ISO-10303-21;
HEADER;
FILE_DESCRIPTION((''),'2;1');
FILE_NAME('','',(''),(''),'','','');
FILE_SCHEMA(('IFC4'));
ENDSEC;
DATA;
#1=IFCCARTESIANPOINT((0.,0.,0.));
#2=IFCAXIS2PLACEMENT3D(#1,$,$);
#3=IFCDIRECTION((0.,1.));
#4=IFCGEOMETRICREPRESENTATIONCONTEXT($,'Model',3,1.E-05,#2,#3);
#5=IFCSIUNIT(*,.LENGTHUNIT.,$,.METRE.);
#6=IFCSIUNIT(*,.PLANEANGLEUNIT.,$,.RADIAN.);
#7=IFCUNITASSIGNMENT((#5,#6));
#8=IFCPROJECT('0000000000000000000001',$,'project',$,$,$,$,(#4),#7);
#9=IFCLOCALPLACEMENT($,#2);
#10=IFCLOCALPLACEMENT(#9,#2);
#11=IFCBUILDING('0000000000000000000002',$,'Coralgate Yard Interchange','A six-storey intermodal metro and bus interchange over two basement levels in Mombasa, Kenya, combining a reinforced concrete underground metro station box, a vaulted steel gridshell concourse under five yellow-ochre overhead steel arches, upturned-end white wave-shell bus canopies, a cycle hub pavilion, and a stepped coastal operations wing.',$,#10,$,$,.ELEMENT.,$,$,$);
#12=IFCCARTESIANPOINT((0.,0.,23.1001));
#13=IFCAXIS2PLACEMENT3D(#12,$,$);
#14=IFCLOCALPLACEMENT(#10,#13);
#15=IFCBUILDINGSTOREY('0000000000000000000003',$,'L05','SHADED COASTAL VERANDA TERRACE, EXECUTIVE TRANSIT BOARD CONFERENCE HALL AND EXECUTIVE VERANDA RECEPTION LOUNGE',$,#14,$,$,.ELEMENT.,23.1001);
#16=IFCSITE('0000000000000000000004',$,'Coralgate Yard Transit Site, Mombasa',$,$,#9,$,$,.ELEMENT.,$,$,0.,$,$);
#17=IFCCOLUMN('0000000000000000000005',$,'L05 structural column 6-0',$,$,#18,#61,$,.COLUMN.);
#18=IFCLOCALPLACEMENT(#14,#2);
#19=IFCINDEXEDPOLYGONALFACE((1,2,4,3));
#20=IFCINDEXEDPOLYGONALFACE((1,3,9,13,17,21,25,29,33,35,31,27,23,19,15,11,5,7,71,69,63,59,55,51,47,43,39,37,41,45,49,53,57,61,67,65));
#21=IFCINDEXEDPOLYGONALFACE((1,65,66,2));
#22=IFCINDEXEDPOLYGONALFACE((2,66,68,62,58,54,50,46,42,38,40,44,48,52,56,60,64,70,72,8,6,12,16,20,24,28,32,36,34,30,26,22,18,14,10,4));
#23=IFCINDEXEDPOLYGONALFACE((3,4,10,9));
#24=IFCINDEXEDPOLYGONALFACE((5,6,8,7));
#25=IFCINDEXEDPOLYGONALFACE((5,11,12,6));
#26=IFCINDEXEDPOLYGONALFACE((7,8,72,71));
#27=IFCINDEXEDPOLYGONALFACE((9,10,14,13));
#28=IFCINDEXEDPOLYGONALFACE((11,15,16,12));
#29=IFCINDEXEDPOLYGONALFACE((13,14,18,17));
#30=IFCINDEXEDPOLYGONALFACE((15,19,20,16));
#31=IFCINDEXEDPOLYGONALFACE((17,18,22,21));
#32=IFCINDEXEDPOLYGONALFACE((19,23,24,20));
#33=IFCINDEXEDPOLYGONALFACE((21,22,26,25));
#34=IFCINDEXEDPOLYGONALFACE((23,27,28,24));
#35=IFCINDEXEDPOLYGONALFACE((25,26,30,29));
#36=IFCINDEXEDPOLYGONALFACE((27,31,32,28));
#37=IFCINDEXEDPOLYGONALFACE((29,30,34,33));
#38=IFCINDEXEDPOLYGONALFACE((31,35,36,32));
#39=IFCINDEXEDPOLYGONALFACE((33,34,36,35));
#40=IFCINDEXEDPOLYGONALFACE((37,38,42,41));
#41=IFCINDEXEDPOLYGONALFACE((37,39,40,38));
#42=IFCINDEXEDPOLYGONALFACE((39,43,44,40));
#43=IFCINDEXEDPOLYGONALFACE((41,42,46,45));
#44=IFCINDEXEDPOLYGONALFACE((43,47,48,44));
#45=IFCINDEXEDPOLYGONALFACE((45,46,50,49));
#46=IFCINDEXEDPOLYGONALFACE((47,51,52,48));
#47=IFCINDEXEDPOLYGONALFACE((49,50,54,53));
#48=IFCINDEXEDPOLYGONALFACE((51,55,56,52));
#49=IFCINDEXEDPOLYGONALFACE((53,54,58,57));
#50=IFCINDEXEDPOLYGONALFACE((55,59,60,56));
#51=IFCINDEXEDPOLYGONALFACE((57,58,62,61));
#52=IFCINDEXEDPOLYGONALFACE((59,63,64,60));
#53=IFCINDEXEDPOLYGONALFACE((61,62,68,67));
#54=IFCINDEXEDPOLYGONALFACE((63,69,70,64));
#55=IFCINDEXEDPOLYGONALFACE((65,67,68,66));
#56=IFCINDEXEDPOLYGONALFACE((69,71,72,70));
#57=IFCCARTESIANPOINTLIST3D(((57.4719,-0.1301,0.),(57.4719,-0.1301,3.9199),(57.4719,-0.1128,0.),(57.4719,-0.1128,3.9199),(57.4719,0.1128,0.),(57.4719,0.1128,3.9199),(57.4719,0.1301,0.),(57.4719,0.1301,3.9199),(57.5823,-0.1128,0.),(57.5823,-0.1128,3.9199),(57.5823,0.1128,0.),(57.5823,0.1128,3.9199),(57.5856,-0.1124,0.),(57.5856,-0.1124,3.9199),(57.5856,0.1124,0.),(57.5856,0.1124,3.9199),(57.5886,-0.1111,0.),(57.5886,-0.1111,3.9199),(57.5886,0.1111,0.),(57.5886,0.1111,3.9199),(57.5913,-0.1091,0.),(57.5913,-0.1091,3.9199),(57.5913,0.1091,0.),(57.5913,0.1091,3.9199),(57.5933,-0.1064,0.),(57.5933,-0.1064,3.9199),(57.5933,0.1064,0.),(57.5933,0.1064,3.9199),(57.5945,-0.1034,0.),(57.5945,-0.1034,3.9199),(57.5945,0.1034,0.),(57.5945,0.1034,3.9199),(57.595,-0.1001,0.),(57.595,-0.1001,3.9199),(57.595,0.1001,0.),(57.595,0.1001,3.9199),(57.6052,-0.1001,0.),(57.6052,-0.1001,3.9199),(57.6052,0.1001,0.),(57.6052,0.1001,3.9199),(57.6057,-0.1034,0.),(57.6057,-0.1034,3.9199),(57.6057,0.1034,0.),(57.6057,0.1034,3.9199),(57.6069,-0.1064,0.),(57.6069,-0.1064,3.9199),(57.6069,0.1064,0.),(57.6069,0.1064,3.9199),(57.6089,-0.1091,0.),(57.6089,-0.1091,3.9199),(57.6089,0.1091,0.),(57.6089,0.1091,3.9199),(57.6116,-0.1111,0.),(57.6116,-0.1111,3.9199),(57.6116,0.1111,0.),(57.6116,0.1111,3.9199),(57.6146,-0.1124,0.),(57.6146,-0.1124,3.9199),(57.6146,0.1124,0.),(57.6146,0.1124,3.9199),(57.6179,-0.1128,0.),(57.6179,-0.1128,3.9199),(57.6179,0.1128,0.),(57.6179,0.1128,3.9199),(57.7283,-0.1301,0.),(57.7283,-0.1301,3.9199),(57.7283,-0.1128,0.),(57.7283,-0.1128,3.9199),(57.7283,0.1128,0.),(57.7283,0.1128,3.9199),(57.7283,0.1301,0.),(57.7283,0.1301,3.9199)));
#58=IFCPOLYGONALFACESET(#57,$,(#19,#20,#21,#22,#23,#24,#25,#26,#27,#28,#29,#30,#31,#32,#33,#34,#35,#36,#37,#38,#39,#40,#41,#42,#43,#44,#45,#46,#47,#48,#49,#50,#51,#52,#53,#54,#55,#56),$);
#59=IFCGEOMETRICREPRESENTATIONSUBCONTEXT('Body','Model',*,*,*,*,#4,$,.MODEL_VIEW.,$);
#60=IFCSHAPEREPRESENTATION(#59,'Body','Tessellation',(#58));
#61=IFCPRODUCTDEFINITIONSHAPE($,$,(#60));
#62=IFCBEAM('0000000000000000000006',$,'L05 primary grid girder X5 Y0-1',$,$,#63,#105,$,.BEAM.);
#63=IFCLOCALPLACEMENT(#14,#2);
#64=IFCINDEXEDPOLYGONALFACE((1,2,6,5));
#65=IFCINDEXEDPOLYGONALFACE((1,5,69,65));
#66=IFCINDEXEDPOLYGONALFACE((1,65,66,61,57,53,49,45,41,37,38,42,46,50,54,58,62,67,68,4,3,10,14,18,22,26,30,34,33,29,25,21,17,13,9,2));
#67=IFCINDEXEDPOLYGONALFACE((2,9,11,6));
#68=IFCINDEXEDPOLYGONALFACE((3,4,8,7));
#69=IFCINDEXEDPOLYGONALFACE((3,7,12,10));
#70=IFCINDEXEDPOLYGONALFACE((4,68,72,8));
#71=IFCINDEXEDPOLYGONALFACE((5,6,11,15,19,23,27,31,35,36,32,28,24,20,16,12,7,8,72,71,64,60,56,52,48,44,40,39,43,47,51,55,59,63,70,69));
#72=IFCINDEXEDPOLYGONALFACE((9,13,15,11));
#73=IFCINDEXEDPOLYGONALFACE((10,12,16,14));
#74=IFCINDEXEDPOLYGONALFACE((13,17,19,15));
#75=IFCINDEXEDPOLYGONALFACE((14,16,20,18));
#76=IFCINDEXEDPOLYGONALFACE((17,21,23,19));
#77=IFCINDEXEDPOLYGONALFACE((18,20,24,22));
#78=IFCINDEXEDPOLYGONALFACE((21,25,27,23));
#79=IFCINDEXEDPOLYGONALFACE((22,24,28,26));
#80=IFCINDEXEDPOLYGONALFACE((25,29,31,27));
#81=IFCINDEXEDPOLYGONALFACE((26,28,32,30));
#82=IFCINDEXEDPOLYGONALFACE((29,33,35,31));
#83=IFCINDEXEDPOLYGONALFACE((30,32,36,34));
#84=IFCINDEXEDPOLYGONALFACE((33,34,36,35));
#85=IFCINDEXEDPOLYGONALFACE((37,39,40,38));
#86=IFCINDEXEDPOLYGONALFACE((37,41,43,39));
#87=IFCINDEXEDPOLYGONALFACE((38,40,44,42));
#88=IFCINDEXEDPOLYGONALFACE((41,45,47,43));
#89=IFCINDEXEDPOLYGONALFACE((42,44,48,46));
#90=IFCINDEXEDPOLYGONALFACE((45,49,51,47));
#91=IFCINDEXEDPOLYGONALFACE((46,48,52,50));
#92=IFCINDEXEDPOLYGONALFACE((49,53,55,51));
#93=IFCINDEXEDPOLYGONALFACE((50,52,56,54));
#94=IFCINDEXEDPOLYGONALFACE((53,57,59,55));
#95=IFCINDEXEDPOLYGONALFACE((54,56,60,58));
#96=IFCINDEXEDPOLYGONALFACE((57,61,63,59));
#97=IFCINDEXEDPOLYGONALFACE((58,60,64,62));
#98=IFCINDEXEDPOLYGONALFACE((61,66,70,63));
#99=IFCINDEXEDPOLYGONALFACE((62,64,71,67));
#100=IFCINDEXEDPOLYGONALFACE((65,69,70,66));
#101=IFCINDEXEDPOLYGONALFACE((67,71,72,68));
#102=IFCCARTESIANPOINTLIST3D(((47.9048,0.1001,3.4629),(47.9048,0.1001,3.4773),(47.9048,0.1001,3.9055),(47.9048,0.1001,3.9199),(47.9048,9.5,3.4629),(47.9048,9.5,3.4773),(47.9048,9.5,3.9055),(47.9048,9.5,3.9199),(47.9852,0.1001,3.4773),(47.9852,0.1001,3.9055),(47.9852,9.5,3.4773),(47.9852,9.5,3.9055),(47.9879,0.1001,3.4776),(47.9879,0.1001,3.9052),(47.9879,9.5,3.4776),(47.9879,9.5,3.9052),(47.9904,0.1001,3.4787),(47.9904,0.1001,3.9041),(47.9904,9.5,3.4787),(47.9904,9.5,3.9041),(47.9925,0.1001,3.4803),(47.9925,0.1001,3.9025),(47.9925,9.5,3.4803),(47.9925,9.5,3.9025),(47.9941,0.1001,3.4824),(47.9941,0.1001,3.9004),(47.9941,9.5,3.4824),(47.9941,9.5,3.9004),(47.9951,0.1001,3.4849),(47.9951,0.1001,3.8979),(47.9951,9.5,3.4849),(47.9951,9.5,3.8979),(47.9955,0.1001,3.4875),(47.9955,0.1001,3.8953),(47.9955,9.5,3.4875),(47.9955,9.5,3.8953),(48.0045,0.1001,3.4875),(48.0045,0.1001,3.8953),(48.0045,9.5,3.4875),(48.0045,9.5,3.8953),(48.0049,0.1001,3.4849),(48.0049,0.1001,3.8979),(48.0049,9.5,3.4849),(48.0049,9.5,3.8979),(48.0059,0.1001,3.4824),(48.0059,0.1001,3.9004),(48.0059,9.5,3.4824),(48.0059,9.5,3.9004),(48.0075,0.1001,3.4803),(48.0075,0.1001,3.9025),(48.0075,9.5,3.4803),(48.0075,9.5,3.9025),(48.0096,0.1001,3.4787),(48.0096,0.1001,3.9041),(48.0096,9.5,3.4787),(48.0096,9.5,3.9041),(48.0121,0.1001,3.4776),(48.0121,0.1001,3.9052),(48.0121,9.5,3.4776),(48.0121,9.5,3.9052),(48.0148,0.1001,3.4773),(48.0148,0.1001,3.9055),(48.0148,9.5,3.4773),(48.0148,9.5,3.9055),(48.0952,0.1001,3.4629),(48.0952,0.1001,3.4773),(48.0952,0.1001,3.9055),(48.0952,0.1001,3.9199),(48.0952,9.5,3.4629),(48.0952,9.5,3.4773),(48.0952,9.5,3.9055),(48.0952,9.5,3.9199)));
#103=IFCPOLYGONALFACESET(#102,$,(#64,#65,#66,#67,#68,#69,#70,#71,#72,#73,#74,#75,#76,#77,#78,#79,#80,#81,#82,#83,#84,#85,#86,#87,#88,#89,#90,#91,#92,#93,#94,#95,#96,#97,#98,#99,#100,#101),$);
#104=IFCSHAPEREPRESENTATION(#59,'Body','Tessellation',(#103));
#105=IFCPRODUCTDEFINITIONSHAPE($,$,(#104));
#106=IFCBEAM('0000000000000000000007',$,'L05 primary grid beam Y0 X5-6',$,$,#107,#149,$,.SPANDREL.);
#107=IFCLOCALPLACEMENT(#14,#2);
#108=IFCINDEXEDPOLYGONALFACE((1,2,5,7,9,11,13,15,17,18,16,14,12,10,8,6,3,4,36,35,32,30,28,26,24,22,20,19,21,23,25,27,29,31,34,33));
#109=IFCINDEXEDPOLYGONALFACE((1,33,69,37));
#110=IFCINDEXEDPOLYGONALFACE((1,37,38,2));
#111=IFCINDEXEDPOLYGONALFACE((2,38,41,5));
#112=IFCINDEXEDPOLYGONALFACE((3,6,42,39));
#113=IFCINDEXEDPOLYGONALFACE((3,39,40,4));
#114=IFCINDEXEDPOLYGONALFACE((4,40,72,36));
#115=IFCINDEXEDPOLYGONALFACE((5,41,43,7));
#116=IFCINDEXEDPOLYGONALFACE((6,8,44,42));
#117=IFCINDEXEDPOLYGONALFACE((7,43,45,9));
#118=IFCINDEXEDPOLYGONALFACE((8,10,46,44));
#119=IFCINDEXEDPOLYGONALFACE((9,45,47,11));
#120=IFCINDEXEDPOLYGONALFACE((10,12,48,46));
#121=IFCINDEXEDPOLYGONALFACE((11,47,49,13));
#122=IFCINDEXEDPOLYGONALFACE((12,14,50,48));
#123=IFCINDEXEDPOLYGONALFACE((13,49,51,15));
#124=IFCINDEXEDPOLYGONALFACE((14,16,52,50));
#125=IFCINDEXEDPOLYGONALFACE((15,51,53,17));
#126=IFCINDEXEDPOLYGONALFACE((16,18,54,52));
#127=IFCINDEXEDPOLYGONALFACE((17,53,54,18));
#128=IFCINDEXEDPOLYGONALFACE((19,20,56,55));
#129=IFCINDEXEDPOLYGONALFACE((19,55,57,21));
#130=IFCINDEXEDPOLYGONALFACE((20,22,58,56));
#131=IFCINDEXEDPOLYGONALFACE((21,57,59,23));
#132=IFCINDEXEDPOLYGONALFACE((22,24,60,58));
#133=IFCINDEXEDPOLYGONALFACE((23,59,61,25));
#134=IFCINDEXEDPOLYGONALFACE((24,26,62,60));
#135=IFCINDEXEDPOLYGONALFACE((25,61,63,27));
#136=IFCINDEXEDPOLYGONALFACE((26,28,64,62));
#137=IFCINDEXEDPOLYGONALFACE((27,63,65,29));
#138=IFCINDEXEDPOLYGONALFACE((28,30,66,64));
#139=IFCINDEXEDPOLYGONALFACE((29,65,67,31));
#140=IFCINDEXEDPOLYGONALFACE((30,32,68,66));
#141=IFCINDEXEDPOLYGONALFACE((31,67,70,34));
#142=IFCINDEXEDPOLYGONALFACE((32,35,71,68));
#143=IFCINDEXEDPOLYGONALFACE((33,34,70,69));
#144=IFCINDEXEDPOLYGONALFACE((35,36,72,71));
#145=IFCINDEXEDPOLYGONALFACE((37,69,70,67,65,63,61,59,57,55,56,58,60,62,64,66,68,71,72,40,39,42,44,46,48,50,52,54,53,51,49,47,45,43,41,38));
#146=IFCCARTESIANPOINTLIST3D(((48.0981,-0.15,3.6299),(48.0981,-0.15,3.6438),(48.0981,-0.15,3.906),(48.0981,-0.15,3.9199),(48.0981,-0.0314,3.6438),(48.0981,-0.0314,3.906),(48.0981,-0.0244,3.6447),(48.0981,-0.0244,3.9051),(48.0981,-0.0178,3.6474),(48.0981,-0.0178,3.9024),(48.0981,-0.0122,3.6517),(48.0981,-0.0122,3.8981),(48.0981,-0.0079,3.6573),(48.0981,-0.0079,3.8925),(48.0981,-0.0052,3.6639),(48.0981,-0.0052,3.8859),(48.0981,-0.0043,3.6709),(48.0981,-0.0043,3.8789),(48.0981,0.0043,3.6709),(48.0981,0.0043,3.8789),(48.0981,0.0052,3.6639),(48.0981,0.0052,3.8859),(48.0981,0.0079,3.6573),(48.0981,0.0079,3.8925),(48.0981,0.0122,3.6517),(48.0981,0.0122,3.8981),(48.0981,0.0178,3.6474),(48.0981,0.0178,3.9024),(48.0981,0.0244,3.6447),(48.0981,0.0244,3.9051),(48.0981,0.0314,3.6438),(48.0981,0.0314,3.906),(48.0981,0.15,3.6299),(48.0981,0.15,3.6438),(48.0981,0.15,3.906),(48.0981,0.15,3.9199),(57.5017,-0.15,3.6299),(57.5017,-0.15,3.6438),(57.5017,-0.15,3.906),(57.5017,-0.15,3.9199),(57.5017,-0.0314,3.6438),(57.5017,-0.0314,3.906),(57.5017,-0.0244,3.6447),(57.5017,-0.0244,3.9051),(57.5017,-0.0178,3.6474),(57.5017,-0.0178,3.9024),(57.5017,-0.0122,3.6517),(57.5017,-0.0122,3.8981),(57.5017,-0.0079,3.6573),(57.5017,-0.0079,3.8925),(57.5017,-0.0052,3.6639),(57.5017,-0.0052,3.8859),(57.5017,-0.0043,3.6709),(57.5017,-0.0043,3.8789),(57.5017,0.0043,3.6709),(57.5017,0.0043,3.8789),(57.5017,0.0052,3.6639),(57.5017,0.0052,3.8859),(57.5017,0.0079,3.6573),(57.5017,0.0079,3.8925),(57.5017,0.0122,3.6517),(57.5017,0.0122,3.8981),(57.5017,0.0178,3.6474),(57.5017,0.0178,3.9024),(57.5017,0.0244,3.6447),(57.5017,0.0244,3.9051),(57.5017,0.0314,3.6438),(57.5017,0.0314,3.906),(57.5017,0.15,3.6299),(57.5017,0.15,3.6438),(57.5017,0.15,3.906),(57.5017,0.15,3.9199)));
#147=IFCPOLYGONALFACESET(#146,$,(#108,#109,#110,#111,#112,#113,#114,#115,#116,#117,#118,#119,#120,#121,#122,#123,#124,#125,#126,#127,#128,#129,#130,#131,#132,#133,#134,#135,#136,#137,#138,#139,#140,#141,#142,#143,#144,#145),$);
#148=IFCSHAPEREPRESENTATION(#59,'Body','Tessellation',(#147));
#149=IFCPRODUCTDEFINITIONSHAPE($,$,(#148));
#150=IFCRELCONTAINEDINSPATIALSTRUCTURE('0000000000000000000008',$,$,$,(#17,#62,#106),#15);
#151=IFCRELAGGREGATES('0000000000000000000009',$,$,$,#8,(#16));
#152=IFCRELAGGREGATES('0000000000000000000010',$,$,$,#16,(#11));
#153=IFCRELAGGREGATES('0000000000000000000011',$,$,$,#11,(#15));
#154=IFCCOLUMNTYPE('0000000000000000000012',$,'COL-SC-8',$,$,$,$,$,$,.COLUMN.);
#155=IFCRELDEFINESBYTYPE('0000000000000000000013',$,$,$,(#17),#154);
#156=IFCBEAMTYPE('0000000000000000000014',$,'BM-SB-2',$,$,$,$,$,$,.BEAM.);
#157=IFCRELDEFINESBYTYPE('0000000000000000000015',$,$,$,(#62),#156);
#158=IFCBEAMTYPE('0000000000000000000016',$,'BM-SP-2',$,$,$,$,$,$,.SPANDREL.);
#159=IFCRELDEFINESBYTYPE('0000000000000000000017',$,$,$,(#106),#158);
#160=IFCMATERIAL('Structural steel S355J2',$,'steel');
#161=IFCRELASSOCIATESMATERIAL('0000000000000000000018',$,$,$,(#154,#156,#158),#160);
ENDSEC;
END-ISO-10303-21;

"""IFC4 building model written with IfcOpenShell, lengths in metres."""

from ifc_helpers import new_model, si_unit, direction, frame, origin, origin_2d, place, context, subcontext, project, spatial, i_section, extrude, material, material_profile, profile_set, type_object, element, save


model = new_model("IFC4")

# Units and contexts
model_context = context("Model", 3, precision=1e-05, world=origin(), true_north=direction((0.0, 1.0)))
body_context = subcontext(model_context, "Body", "Model", "MODEL_VIEW")
ifc_project = project(units=[si_unit("LENGTHUNIT", "METRE"), si_unit("PLANEANGLEUNIT", "RADIAN")], contexts=[model_context])

# Site, building, storey
site_placement = place(None, origin())
site = spatial("IfcSite", under=ifc_project, at=site_placement, Name="Coralgate Yard Transit Site, Mombasa", CompositionType="ELEMENT", RefElevation=0.0)
building_placement = place(site_placement, origin())
building = spatial("IfcBuilding", under=site, at=building_placement, Name="Coralgate Yard Interchange", Description="A six-storey intermodal metro and bus interchange over two basement levels in Mombasa, Kenya, combining a reinforced concrete underground metro station box, a vaulted steel gridshell concourse under five yellow-ochre overhead steel arches, upturned-end white wave-shell bus canopies, a cycle hub pavilion, and a stepped coastal operations wing.", CompositionType="ELEMENT")
storey_placement = place(building_placement, frame((0.0, 0.0, 23.1001)))
storey = spatial("IfcBuildingStorey", under=building, at=storey_placement, Name="L05", Description="SHADED COASTAL VERANDA TERRACE, EXECUTIVE TRANSIT BOARD CONFERENCE HALL AND EXECUTIVE VERANDA RECEPTION LOUNGE", CompositionType="ELEMENT", Elevation=23.1001)

# Column
ifc_material_1 = material(Name="Structural steel S355J2", Category="steel")
ifc_material_profile_1 = material_profile(ifc_material_1, i_section(OverallWidth=0.2563, OverallDepth=0.2603, WebThickness=0.0103, FlangeThickness=0.0173, FilletRadius=0.0127, at=origin_2d()), Name="UC 254x254x89")
ifc_profile_set_1 = profile_set([ifc_material_profile_1], Name="Structural steel S355J2")
column_type = type_object("IfcColumnType", Name="COL-SC-8", PredefinedType="COLUMN", material=ifc_profile_set_1)
column_placement = place(storey_placement, frame((57.6001, 0.0, 0.0), z_axis=(0.0, 0.0, 1.0), x_axis=(1.0, 0.0, 0.0)))
element("IfcColumn", 1, at=column_placement, inside=storey, type_object=column_type, Name="L05 structural column 6-0", PredefinedType="COLUMN", context=body_context, shape_type="SweptSolid", body=[
    extrude(i_section(OverallWidth=0.2563, OverallDepth=0.2603, WebThickness=0.0103, FlangeThickness=0.0173, FilletRadius=0.0127, at=origin_2d()), origin(), (0.0, 0.0, 1.0), 3.9199),
])

# Beams
ifc_material_profile_2 = material_profile(ifc_material_1, i_section(OverallWidth=0.1904, OverallDepth=0.457, WebThickness=0.009, FlangeThickness=0.0144, FilletRadius=0.0103, at=origin_2d()), Name="UB 457x191x74")
ifc_profile_set_2 = profile_set([ifc_material_profile_2], Name="Structural steel S355J2")
beam_type_1 = type_object("IfcBeamType", Name="BM-SB-2", PredefinedType="BEAM", material=ifc_profile_set_2)
beam_1_placement = place(storey_placement, frame((48.0, 0.1001, 3.6914), z_axis=(0.0, 1.0, 0.0), x_axis=(-1.0, 0.0, 0.0)))
element("IfcBeam", 2, at=beam_1_placement, inside=storey, type_object=beam_type_1, Name="L05 primary grid girder X5 Y0-1", PredefinedType="BEAM", context=body_context, shape_type="SweptSolid", body=[
    extrude(i_section(OverallWidth=0.1904, OverallDepth=0.457, WebThickness=0.009, FlangeThickness=0.0144, FilletRadius=0.0103, at=origin_2d()), origin(), (0.0, 0.0, 1.0), 9.3999),
])
ifc_material_profile_3 = material_profile(ifc_material_1, i_section(OverallWidth=0.3, OverallDepth=0.29, WebThickness=0.0085, FlangeThickness=0.0139, FilletRadius=0.0271, at=origin_2d()), Name="HEA 300")
ifc_profile_set_3 = profile_set([ifc_material_profile_3], Name="Structural steel S355J2")
beam_type_2 = type_object("IfcBeamType", Name="BM-SP-2", PredefinedType="SPANDREL", material=ifc_profile_set_3)
beam_2_placement = place(storey_placement, frame((48.0981, 0.0, 3.7749), z_axis=(1.0, 0.0, 0.0), x_axis=(0.0, 1.0, 0.0)))
element("IfcBeam", 3, at=beam_2_placement, inside=storey, type_object=beam_type_2, Name="L05 primary grid beam Y0 X5-6", PredefinedType="SPANDREL", context=body_context, shape_type="SweptSolid", body=[
    extrude(i_section(OverallWidth=0.3, OverallDepth=0.29, WebThickness=0.0085, FlangeThickness=0.0139, FilletRadius=0.0271, at=origin_2d()), origin(), (0.0, 0.0, 1.0), 9.4036),
])

save(model, "model.ifc")
